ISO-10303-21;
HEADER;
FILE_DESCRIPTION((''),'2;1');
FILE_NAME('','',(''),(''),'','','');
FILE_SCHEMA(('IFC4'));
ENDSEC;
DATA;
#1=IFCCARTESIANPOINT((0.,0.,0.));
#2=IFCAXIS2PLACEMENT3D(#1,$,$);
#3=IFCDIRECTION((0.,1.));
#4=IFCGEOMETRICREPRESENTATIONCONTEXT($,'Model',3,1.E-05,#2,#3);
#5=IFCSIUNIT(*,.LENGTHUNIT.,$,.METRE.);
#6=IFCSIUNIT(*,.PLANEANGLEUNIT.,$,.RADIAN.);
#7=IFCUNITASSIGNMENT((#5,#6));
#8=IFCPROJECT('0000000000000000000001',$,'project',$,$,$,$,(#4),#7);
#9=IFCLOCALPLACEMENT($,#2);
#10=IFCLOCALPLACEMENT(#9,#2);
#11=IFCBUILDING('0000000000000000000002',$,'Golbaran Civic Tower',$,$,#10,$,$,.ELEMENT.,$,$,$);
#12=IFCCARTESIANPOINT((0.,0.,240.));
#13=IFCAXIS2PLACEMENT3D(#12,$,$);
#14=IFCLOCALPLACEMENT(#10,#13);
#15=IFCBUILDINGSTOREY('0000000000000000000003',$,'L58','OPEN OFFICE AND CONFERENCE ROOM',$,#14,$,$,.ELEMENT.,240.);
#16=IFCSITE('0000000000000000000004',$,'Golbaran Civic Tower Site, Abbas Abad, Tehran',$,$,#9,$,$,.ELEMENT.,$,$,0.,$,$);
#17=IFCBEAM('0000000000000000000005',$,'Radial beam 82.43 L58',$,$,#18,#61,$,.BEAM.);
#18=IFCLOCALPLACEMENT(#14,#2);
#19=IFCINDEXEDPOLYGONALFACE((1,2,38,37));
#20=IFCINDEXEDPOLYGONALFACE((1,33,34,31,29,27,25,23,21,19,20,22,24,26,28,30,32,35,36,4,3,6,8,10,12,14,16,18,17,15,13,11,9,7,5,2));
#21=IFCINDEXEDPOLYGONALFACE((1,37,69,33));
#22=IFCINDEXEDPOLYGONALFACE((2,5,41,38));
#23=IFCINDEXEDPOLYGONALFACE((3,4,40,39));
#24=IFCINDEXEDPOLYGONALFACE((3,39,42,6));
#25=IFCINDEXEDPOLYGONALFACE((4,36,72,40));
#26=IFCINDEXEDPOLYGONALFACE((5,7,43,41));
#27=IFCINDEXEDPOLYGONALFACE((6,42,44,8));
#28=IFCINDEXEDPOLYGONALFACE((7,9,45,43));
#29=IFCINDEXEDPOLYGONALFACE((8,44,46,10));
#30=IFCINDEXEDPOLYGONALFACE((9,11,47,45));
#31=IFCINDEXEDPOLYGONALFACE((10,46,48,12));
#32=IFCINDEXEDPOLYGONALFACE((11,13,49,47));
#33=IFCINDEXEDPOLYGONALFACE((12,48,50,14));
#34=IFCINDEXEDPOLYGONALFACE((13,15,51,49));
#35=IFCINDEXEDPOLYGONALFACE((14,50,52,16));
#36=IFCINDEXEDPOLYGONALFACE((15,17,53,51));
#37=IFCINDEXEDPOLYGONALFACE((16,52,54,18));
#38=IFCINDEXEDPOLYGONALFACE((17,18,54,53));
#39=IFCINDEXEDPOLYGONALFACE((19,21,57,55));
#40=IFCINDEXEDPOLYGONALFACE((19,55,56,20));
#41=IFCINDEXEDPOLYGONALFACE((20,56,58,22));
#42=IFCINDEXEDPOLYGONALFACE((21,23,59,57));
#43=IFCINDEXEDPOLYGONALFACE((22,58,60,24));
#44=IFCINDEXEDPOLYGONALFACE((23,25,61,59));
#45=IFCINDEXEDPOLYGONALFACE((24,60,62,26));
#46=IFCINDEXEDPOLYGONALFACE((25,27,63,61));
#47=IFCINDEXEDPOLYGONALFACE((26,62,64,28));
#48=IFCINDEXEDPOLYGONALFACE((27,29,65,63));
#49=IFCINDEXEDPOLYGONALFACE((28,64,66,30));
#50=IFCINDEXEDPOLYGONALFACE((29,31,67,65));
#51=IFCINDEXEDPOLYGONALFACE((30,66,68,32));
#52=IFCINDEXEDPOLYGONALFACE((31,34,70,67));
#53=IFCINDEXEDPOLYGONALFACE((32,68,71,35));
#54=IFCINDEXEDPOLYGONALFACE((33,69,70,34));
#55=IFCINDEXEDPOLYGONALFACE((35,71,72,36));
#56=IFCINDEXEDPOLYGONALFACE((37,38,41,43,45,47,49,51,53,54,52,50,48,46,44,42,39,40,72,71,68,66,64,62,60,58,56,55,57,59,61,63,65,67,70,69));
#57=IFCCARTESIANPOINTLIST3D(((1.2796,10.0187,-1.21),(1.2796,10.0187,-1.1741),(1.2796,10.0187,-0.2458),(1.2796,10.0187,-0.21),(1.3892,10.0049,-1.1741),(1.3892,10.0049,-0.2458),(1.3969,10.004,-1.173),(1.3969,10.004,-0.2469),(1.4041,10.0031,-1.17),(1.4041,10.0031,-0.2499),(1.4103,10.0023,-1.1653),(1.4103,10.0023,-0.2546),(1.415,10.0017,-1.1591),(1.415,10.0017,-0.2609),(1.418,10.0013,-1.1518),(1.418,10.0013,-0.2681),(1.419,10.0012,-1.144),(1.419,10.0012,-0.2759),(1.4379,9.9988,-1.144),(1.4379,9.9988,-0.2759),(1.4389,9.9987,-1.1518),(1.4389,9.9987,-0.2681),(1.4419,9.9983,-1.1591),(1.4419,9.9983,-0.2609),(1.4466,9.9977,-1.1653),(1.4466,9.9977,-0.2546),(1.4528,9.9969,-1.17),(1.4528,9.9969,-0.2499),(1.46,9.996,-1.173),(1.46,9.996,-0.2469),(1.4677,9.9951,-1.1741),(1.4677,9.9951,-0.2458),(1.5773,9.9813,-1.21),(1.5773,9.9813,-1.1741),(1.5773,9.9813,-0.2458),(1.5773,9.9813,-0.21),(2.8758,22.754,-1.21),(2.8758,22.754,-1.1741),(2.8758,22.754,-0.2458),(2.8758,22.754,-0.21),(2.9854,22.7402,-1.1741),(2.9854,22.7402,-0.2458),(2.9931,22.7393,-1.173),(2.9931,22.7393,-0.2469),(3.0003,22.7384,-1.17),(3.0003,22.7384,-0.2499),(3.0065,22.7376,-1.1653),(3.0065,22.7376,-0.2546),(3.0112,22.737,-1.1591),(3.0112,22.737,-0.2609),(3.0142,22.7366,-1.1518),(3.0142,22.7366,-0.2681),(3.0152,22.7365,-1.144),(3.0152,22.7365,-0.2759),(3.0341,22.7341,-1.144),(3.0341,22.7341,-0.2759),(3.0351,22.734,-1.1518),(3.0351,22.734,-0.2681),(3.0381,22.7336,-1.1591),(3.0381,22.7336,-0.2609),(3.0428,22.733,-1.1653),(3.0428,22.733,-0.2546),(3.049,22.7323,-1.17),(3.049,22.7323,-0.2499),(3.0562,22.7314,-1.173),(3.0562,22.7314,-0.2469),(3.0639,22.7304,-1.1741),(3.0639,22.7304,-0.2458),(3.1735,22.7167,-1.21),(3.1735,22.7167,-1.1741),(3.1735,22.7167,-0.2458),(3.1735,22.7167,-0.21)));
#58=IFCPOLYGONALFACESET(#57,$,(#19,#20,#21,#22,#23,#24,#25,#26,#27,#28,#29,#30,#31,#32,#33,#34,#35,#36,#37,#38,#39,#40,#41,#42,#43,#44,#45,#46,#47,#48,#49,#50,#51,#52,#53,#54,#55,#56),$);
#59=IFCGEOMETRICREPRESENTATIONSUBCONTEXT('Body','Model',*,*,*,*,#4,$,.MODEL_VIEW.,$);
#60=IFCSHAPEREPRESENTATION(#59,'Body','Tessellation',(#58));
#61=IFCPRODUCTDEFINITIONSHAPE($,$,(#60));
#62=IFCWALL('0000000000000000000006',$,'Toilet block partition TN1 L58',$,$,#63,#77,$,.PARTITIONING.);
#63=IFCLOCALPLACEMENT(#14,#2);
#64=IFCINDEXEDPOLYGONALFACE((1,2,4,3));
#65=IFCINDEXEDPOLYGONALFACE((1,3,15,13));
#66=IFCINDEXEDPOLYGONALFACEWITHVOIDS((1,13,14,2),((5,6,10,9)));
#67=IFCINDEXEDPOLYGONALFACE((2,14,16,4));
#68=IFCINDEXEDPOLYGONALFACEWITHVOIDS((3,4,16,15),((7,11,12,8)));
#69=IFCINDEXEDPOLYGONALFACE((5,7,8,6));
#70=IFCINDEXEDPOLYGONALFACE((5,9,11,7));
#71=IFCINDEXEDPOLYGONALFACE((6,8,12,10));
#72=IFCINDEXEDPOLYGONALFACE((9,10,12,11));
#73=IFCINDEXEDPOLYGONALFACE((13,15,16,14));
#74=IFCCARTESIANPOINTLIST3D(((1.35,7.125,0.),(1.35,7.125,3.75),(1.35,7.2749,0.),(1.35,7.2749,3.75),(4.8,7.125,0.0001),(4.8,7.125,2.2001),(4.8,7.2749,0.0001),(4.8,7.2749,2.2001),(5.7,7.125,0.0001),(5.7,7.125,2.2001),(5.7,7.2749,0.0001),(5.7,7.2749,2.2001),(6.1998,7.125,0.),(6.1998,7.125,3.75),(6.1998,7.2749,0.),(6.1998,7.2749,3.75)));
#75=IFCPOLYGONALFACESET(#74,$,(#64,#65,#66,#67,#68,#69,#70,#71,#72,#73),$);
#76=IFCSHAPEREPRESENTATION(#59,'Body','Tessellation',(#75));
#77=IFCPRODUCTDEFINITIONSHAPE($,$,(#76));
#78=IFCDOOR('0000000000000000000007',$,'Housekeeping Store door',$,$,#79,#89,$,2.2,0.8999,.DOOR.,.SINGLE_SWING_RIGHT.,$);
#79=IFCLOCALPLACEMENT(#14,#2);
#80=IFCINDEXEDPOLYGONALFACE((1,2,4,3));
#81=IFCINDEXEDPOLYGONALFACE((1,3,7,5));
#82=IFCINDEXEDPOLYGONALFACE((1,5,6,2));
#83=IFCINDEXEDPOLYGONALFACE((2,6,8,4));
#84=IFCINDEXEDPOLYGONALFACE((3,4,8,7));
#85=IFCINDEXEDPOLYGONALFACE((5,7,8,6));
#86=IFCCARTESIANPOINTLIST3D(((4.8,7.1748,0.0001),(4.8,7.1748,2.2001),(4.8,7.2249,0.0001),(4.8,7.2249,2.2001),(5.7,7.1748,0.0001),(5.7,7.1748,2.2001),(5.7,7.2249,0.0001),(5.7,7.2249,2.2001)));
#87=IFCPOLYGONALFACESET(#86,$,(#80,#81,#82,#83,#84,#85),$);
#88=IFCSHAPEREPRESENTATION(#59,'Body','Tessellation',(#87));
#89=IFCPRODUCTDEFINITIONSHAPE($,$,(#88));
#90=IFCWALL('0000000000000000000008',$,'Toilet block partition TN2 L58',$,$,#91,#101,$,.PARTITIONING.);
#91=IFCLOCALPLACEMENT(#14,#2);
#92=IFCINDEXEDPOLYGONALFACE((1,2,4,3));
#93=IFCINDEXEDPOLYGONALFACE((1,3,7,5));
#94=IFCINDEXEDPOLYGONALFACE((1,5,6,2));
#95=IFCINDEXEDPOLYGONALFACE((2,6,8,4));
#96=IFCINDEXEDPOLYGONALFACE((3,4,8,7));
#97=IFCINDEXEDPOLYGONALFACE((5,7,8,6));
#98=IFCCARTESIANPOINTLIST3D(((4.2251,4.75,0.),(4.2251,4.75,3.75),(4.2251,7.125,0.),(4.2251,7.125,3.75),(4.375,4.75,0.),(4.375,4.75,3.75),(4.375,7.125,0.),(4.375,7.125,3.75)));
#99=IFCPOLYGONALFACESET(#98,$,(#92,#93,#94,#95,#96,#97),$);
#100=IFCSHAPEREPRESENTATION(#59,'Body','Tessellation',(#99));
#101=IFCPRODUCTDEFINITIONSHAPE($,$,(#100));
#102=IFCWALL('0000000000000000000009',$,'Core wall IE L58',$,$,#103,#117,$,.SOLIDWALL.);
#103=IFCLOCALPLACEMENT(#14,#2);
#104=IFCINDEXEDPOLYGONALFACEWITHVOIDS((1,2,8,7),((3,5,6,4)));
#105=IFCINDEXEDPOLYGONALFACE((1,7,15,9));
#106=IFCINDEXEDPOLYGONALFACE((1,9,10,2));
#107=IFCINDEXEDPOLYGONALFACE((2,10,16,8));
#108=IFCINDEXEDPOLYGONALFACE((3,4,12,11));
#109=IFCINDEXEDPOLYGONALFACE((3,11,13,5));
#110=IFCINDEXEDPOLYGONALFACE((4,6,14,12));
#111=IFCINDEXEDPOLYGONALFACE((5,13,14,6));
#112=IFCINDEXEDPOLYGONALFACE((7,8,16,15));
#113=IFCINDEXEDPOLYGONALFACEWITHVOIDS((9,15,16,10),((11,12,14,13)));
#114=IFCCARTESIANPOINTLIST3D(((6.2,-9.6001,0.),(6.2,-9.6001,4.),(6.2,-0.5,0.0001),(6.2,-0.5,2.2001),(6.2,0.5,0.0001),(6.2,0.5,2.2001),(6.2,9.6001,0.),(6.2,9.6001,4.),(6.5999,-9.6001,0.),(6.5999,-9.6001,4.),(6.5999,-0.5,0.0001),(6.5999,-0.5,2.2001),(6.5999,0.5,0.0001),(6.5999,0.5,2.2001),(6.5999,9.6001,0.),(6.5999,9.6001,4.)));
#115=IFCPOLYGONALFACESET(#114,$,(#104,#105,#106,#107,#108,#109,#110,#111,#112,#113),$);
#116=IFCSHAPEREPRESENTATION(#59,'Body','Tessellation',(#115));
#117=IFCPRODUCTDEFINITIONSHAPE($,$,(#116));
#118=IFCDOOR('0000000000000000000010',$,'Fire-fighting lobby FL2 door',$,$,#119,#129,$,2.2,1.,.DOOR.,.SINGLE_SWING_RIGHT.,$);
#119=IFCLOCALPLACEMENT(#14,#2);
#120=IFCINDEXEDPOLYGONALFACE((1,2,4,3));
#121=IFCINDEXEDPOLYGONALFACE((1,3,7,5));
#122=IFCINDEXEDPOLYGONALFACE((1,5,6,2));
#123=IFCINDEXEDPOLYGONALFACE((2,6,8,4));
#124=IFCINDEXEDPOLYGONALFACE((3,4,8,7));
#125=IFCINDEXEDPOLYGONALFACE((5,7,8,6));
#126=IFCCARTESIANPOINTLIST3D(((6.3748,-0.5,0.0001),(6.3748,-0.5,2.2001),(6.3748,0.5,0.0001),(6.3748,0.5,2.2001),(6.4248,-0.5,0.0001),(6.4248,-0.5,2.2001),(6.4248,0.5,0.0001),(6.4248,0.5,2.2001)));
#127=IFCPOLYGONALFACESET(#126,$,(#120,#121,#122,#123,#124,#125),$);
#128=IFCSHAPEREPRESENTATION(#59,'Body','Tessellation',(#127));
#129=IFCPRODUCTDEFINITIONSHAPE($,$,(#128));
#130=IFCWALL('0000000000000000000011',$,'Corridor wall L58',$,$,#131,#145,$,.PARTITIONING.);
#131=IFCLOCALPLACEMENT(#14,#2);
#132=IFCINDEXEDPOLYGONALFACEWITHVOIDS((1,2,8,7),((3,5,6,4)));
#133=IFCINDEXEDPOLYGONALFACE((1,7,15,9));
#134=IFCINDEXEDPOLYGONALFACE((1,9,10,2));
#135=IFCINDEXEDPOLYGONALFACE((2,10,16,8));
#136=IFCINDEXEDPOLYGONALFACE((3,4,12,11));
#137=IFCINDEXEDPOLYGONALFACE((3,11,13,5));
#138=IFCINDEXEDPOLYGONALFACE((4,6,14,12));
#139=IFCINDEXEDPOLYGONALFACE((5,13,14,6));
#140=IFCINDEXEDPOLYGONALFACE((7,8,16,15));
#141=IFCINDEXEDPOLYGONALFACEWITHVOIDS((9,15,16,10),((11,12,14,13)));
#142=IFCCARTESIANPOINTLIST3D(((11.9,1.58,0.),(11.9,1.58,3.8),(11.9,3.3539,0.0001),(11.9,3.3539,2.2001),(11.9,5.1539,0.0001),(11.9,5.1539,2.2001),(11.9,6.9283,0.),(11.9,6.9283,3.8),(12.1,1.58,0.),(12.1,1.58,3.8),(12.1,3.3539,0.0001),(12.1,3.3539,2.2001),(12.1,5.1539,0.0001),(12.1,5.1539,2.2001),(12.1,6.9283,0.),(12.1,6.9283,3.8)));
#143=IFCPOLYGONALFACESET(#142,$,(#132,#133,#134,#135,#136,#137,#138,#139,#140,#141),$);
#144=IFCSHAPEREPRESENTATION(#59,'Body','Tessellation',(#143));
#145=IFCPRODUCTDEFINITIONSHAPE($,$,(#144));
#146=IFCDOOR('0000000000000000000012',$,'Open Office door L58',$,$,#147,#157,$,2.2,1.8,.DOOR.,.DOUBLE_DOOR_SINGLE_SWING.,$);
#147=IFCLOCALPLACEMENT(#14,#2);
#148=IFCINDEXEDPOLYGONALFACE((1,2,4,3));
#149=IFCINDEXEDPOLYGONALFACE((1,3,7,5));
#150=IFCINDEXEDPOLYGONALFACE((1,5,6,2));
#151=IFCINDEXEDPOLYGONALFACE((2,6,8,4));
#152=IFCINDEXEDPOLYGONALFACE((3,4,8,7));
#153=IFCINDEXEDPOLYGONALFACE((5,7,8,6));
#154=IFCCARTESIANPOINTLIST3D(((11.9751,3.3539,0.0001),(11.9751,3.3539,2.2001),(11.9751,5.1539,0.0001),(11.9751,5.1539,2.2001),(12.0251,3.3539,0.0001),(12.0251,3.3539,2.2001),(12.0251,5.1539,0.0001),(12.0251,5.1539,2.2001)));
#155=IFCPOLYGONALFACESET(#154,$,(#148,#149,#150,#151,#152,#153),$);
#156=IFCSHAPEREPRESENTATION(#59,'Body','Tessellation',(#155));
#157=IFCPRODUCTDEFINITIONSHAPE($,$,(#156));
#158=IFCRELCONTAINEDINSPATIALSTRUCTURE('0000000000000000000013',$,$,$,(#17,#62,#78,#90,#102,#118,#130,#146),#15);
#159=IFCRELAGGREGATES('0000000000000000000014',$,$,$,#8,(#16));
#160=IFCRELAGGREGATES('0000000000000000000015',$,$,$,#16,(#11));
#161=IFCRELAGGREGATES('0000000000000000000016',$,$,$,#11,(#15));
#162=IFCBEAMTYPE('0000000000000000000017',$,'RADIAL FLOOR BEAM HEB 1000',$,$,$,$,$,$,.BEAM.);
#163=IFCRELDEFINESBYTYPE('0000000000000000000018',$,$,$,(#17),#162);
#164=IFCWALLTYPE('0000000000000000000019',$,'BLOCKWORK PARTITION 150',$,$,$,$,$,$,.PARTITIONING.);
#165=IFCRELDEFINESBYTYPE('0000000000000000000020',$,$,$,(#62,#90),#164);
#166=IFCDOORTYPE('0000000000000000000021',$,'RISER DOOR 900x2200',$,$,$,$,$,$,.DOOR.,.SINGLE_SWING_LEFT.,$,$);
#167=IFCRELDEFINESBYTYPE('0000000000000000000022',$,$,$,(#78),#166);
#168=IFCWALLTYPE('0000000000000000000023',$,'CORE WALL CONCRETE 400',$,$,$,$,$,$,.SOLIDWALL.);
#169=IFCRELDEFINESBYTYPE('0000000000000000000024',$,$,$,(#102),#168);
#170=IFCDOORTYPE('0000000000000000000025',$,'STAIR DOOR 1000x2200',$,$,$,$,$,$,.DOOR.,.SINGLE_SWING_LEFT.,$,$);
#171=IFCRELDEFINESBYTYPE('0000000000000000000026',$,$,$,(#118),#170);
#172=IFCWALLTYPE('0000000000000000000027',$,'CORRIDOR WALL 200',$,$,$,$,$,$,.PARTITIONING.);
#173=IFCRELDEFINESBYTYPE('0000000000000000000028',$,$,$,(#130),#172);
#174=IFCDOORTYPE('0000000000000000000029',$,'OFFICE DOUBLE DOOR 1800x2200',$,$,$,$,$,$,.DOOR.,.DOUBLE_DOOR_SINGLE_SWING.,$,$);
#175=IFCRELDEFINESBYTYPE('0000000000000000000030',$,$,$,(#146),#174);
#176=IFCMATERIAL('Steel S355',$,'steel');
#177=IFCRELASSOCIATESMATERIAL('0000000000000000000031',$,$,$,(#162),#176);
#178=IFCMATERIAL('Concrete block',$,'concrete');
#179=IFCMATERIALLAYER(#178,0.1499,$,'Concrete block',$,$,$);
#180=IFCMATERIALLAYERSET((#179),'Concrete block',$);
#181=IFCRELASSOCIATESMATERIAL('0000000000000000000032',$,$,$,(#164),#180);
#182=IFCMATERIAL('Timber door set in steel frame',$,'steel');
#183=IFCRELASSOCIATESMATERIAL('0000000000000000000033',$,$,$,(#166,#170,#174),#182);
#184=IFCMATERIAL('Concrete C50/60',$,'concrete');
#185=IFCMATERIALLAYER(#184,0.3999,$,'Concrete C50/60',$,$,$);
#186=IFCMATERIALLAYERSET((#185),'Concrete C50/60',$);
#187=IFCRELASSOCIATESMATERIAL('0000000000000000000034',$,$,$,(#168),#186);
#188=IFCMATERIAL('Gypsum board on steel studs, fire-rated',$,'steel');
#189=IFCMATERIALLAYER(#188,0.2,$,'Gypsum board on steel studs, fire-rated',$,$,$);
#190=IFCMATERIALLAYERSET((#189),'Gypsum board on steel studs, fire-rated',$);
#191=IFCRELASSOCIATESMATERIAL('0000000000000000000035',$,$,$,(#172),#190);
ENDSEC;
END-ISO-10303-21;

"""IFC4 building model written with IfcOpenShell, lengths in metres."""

from ifc_helpers import new_model, si_unit, direction, frame, frame_2d, origin, origin_2d, place, context, subcontext, project, spatial, rectangle, i_section, extrude, material, layer, layer_set, material_profile, profile_set, type_object, element, fill, save


model = new_model("IFC4")

# Units and contexts
model_context = context("Model", 3, precision=1e-05, world=origin(), true_north=direction((0.0, 1.0)))
body_context = subcontext(model_context, "Body", "Model", "MODEL_VIEW")
ifc_project = project(units=[si_unit("LENGTHUNIT", "METRE"), si_unit("PLANEANGLEUNIT", "RADIAN")], contexts=[model_context])

# Site, building, storey
site_placement = place(None, origin())
site = spatial("IfcSite", under=ifc_project, at=site_placement, Name="Golbaran Civic Tower Site, Abbas Abad, Tehran", CompositionType="ELEMENT", RefElevation=0.0)
building_placement = place(site_placement, origin())
building = spatial("IfcBuilding", under=site, at=building_placement, Name="Golbaran Civic Tower", CompositionType="ELEMENT")
storey_placement = place(building_placement, frame((0.0, 0.0, 240.0)))
storey = spatial("IfcBuildingStorey", under=building, at=storey_placement, Name="L58", Description="OPEN OFFICE AND CONFERENCE ROOM", CompositionType="ELEMENT", Elevation=240.0)

# Beam
ifc_material_1 = material(Name="Steel S355", Category="steel")
ifc_material_profile = material_profile(ifc_material_1, i_section(OverallWidth=0.3, OverallDepth=1.0, WebThickness=0.019, FlangeThickness=0.0359, FilletRadius=0.03, at=origin_2d()), Name="HEB 1000")
ifc_profile_set = profile_set([ifc_material_profile], Name="Steel S355")
beam_type = type_object("IfcBeamType", Name="RADIAL FLOOR BEAM HEB 1000", PredefinedType="BEAM", material=ifc_profile_set)
beam_1_placement = place(storey_placement, frame((1.4285, 10.0, -0.71), z_axis=(0.124362, 0.992237, 0.0), x_axis=(-0.992237, 0.124362, 0.0)))
element("IfcBeam", 1, at=beam_1_placement, inside=storey, type_object=beam_type, Name="Radial beam 82.43 L58", PredefinedType="BEAM", context=body_context, shape_type="SweptSolid", body=[
    extrude(i_section(OverallWidth=0.3, OverallDepth=1.0, WebThickness=0.019, FlangeThickness=0.0359, FilletRadius=0.03, at=origin_2d()), origin(), (0.0, 0.0, 1.0), 12.835),
])

# Wall, opening, door
ifc_material_2 = material(Name="Concrete block", Category="concrete")
ifc_layer_1 = layer(ifc_material_2, 0.1499, Name="Concrete block")
ifc_layer_set_1 = layer_set([ifc_layer_1], Name="Concrete block")
wall_type_1 = type_object("IfcWallType", Name="BLOCKWORK PARTITION 150", PredefinedType="PARTITIONING", material=ifc_layer_set_1)
wall_1_placement = place(storey_placement, frame((1.3501, 7.2, 0.0), z_axis=(0.0, 0.0, 1.0), x_axis=(1.0, 0.0, 0.0)))
wall_1 = element("IfcWall", 2, at=wall_1_placement, inside=storey, type_object=wall_type_1, Name="Toilet block partition TN1 L58", PredefinedType="PARTITIONING", context=body_context, shape_type="SweptSolid", body=[
    extrude(rectangle(XDim=4.8499, YDim=0.1499, at=frame_2d((2.4248, 0.0))), origin(), (0.0, 0.0, 1.0), 3.75),
])
opening_1_placement = place(wall_1_placement, frame((3.45, 0.0, 0.0)))
opening_1 = element("IfcOpeningElement", 3, at=opening_1_placement, cuts=wall_1, PredefinedType="OPENING", context=body_context, shape_type="SweptSolid", body=[
    extrude(rectangle(XDim=0.8999, YDim=2.2, at=frame_2d((0.45, 1.1001))), frame((0.0, 0.085, 0.0), z_axis=(0.0, -1.0, 0.0), x_axis=(1.0, 0.0, 0.0)), (0.0, 0.0, 1.0), 0.1699),
])
ifc_material_3 = material(Name="Timber door set in steel frame", Category="steel")
door_type_1 = type_object("IfcDoorType", Name="RISER DOOR 900x2200", OperationType="SINGLE_SWING_LEFT", PredefinedType="DOOR", material=ifc_material_3)
door_1_placement = place(opening_1_placement, origin())
door_1 = element("IfcDoor", 4, at=door_1_placement, inside=storey, type_object=door_type_1, Name="Housekeeping Store door", OperationType="SINGLE_SWING_RIGHT", OverallHeight=2.2, OverallWidth=0.8999, PredefinedType="DOOR", context=body_context, shape_type="SweptSolid", body=[
    extrude(rectangle(XDim=0.8999, YDim=2.2, at=frame_2d((0.45, 1.1001))), frame((0.0, 0.0249, 0.0), z_axis=(0.0, -1.0, 0.0), x_axis=(1.0, 0.0, 0.0)), (0.0, 0.0, 1.0), 0.05),
])
fill(opening_1, door_1)

# Wall
wall_2_placement = place(storey_placement, frame((4.3, 4.75, 0.0), z_axis=(0.0, 0.0, 1.0), x_axis=(0.0, 1.0, 0.0)))
element("IfcWall", 5, at=wall_2_placement, inside=storey, type_object=wall_type_1, Name="Toilet block partition TN2 L58", PredefinedType="PARTITIONING", context=body_context, shape_type="SweptSolid", body=[
    extrude(rectangle(XDim=2.375, YDim=0.1499, at=frame_2d((1.1875, 0.0))), origin(), (0.0, 0.0, 1.0), 3.75),
])

# Walls, openings, doors
ifc_material_4 = material(Name="Concrete C50/60", Category="concrete")
ifc_layer_2 = layer(ifc_material_4, 0.3999, Name="Concrete C50/60")
ifc_layer_set_2 = layer_set([ifc_layer_2], Name="Concrete C50/60")
wall_type_2 = type_object("IfcWallType", Name="CORE WALL CONCRETE 400", PredefinedType="SOLIDWALL", material=ifc_layer_set_2)
wall_3_placement = place(storey_placement, frame((6.3999, 9.6001, 0.0), z_axis=(0.0, 0.0, 1.0), x_axis=(0.0, -1.0, 0.0)))
wall_3 = element("IfcWall", 6, at=wall_3_placement, inside=storey, type_object=wall_type_2, Name="Core wall IE L58", PredefinedType="SOLIDWALL", context=body_context, shape_type="SweptSolid", body=[
    extrude(rectangle(XDim=19.2002, YDim=0.3999, at=frame_2d((9.6001, 0.0))), origin(), (0.0, 0.0, 1.0), 4.0),
])
opening_2_placement = place(wall_3_placement, frame((9.1001, 0.0, 0.0)))
opening_2 = element("IfcOpeningElement", 7, at=opening_2_placement, cuts=wall_3, PredefinedType="OPENING", context=body_context, shape_type="SweptSolid", body=[
    extrude(rectangle(XDim=1.0, YDim=2.2, at=frame_2d((0.5, 1.1001))), frame((0.0, 0.21, 0.0), z_axis=(0.0, -1.0, 0.0), x_axis=(1.0, 0.0, 0.0)), (0.0, 0.0, 1.0), 0.4199),
])
door_type_2 = type_object("IfcDoorType", Name="STAIR DOOR 1000x2200", OperationType="SINGLE_SWING_LEFT", PredefinedType="DOOR", material=ifc_material_3)
door_2_placement = place(opening_2_placement, origin())
door_2 = element("IfcDoor", 8, at=door_2_placement, inside=storey, type_object=door_type_2, Name="Fire-fighting lobby FL2 door", OperationType="SINGLE_SWING_RIGHT", OverallHeight=2.2, OverallWidth=1.0, PredefinedType="DOOR", context=body_context, shape_type="SweptSolid", body=[
    extrude(rectangle(XDim=1.0, YDim=2.2, at=frame_2d((0.5, 1.1001))), frame((0.0, 0.0249, 0.0), z_axis=(0.0, -1.0, 0.0), x_axis=(1.0, 0.0, 0.0)), (0.0, 0.0, 1.0), 0.05),
])
fill(opening_2, door_2)
ifc_material_5 = material(Name="Gypsum board on steel studs, fire-rated", Category="steel")
ifc_layer_3 = layer(ifc_material_5, 0.2, Name="Gypsum board on steel studs, fire-rated")
ifc_layer_set_3 = layer_set([ifc_layer_3], Name="Gypsum board on steel studs, fire-rated")
wall_type_3 = type_object("IfcWallType", Name="CORRIDOR WALL 200", PredefinedType="PARTITIONING", material=ifc_layer_set_3)
wall_4_placement = place(storey_placement, frame((12.0, 1.5798, 0.0), z_axis=(0.0, 0.0, 1.0), x_axis=(0.0, 1.0, 0.0)))
wall_4 = element("IfcWall", 9, at=wall_4_placement, inside=storey, type_object=wall_type_3, Name="Corridor wall L58", PredefinedType="PARTITIONING", context=body_context, shape_type="SweptSolid", body=[
    extrude(rectangle(XDim=5.3484, YDim=0.2, at=frame_2d((2.6743, 0.0))), origin(), (0.0, 0.0, 1.0), 3.8),
])
opening_3_placement = place(wall_4_placement, frame((1.7742, 0.0, 0.0)))
opening_3 = element("IfcOpeningElement", 10, at=opening_3_placement, cuts=wall_4, PredefinedType="OPENING", context=body_context, shape_type="SweptSolid", body=[
    extrude(rectangle(XDim=1.8, YDim=2.2, at=frame_2d((0.8999, 1.1001))), frame((0.0, 0.1099, 0.0), z_axis=(0.0, -1.0, 0.0), x_axis=(1.0, 0.0, 0.0)), (0.0, 0.0, 1.0), 0.22),
])
door_type_3 = type_object("IfcDoorType", Name="OFFICE DOUBLE DOOR 1800x2200", OperationType="DOUBLE_DOOR_SINGLE_SWING", PredefinedType="DOOR", material=ifc_material_3)
door_3_placement = place(opening_3_placement, origin())
door_3 = element("IfcDoor", 11, at=door_3_placement, inside=storey, type_object=door_type_3, Name="Open Office door L58", OperationType="DOUBLE_DOOR_SINGLE_SWING", OverallHeight=2.2, OverallWidth=1.8, PredefinedType="DOOR", context=body_context, shape_type="SweptSolid", body=[
    extrude(rectangle(XDim=1.8, YDim=2.2, at=frame_2d((0.8999, 1.1001))), frame((0.0, 0.0249, 0.0), z_axis=(0.0, -1.0, 0.0), x_axis=(1.0, 0.0, 0.0)), (0.0, 0.0, 1.0), 0.05),
])
fill(opening_3, door_3)

save(model, "model.ifc")
